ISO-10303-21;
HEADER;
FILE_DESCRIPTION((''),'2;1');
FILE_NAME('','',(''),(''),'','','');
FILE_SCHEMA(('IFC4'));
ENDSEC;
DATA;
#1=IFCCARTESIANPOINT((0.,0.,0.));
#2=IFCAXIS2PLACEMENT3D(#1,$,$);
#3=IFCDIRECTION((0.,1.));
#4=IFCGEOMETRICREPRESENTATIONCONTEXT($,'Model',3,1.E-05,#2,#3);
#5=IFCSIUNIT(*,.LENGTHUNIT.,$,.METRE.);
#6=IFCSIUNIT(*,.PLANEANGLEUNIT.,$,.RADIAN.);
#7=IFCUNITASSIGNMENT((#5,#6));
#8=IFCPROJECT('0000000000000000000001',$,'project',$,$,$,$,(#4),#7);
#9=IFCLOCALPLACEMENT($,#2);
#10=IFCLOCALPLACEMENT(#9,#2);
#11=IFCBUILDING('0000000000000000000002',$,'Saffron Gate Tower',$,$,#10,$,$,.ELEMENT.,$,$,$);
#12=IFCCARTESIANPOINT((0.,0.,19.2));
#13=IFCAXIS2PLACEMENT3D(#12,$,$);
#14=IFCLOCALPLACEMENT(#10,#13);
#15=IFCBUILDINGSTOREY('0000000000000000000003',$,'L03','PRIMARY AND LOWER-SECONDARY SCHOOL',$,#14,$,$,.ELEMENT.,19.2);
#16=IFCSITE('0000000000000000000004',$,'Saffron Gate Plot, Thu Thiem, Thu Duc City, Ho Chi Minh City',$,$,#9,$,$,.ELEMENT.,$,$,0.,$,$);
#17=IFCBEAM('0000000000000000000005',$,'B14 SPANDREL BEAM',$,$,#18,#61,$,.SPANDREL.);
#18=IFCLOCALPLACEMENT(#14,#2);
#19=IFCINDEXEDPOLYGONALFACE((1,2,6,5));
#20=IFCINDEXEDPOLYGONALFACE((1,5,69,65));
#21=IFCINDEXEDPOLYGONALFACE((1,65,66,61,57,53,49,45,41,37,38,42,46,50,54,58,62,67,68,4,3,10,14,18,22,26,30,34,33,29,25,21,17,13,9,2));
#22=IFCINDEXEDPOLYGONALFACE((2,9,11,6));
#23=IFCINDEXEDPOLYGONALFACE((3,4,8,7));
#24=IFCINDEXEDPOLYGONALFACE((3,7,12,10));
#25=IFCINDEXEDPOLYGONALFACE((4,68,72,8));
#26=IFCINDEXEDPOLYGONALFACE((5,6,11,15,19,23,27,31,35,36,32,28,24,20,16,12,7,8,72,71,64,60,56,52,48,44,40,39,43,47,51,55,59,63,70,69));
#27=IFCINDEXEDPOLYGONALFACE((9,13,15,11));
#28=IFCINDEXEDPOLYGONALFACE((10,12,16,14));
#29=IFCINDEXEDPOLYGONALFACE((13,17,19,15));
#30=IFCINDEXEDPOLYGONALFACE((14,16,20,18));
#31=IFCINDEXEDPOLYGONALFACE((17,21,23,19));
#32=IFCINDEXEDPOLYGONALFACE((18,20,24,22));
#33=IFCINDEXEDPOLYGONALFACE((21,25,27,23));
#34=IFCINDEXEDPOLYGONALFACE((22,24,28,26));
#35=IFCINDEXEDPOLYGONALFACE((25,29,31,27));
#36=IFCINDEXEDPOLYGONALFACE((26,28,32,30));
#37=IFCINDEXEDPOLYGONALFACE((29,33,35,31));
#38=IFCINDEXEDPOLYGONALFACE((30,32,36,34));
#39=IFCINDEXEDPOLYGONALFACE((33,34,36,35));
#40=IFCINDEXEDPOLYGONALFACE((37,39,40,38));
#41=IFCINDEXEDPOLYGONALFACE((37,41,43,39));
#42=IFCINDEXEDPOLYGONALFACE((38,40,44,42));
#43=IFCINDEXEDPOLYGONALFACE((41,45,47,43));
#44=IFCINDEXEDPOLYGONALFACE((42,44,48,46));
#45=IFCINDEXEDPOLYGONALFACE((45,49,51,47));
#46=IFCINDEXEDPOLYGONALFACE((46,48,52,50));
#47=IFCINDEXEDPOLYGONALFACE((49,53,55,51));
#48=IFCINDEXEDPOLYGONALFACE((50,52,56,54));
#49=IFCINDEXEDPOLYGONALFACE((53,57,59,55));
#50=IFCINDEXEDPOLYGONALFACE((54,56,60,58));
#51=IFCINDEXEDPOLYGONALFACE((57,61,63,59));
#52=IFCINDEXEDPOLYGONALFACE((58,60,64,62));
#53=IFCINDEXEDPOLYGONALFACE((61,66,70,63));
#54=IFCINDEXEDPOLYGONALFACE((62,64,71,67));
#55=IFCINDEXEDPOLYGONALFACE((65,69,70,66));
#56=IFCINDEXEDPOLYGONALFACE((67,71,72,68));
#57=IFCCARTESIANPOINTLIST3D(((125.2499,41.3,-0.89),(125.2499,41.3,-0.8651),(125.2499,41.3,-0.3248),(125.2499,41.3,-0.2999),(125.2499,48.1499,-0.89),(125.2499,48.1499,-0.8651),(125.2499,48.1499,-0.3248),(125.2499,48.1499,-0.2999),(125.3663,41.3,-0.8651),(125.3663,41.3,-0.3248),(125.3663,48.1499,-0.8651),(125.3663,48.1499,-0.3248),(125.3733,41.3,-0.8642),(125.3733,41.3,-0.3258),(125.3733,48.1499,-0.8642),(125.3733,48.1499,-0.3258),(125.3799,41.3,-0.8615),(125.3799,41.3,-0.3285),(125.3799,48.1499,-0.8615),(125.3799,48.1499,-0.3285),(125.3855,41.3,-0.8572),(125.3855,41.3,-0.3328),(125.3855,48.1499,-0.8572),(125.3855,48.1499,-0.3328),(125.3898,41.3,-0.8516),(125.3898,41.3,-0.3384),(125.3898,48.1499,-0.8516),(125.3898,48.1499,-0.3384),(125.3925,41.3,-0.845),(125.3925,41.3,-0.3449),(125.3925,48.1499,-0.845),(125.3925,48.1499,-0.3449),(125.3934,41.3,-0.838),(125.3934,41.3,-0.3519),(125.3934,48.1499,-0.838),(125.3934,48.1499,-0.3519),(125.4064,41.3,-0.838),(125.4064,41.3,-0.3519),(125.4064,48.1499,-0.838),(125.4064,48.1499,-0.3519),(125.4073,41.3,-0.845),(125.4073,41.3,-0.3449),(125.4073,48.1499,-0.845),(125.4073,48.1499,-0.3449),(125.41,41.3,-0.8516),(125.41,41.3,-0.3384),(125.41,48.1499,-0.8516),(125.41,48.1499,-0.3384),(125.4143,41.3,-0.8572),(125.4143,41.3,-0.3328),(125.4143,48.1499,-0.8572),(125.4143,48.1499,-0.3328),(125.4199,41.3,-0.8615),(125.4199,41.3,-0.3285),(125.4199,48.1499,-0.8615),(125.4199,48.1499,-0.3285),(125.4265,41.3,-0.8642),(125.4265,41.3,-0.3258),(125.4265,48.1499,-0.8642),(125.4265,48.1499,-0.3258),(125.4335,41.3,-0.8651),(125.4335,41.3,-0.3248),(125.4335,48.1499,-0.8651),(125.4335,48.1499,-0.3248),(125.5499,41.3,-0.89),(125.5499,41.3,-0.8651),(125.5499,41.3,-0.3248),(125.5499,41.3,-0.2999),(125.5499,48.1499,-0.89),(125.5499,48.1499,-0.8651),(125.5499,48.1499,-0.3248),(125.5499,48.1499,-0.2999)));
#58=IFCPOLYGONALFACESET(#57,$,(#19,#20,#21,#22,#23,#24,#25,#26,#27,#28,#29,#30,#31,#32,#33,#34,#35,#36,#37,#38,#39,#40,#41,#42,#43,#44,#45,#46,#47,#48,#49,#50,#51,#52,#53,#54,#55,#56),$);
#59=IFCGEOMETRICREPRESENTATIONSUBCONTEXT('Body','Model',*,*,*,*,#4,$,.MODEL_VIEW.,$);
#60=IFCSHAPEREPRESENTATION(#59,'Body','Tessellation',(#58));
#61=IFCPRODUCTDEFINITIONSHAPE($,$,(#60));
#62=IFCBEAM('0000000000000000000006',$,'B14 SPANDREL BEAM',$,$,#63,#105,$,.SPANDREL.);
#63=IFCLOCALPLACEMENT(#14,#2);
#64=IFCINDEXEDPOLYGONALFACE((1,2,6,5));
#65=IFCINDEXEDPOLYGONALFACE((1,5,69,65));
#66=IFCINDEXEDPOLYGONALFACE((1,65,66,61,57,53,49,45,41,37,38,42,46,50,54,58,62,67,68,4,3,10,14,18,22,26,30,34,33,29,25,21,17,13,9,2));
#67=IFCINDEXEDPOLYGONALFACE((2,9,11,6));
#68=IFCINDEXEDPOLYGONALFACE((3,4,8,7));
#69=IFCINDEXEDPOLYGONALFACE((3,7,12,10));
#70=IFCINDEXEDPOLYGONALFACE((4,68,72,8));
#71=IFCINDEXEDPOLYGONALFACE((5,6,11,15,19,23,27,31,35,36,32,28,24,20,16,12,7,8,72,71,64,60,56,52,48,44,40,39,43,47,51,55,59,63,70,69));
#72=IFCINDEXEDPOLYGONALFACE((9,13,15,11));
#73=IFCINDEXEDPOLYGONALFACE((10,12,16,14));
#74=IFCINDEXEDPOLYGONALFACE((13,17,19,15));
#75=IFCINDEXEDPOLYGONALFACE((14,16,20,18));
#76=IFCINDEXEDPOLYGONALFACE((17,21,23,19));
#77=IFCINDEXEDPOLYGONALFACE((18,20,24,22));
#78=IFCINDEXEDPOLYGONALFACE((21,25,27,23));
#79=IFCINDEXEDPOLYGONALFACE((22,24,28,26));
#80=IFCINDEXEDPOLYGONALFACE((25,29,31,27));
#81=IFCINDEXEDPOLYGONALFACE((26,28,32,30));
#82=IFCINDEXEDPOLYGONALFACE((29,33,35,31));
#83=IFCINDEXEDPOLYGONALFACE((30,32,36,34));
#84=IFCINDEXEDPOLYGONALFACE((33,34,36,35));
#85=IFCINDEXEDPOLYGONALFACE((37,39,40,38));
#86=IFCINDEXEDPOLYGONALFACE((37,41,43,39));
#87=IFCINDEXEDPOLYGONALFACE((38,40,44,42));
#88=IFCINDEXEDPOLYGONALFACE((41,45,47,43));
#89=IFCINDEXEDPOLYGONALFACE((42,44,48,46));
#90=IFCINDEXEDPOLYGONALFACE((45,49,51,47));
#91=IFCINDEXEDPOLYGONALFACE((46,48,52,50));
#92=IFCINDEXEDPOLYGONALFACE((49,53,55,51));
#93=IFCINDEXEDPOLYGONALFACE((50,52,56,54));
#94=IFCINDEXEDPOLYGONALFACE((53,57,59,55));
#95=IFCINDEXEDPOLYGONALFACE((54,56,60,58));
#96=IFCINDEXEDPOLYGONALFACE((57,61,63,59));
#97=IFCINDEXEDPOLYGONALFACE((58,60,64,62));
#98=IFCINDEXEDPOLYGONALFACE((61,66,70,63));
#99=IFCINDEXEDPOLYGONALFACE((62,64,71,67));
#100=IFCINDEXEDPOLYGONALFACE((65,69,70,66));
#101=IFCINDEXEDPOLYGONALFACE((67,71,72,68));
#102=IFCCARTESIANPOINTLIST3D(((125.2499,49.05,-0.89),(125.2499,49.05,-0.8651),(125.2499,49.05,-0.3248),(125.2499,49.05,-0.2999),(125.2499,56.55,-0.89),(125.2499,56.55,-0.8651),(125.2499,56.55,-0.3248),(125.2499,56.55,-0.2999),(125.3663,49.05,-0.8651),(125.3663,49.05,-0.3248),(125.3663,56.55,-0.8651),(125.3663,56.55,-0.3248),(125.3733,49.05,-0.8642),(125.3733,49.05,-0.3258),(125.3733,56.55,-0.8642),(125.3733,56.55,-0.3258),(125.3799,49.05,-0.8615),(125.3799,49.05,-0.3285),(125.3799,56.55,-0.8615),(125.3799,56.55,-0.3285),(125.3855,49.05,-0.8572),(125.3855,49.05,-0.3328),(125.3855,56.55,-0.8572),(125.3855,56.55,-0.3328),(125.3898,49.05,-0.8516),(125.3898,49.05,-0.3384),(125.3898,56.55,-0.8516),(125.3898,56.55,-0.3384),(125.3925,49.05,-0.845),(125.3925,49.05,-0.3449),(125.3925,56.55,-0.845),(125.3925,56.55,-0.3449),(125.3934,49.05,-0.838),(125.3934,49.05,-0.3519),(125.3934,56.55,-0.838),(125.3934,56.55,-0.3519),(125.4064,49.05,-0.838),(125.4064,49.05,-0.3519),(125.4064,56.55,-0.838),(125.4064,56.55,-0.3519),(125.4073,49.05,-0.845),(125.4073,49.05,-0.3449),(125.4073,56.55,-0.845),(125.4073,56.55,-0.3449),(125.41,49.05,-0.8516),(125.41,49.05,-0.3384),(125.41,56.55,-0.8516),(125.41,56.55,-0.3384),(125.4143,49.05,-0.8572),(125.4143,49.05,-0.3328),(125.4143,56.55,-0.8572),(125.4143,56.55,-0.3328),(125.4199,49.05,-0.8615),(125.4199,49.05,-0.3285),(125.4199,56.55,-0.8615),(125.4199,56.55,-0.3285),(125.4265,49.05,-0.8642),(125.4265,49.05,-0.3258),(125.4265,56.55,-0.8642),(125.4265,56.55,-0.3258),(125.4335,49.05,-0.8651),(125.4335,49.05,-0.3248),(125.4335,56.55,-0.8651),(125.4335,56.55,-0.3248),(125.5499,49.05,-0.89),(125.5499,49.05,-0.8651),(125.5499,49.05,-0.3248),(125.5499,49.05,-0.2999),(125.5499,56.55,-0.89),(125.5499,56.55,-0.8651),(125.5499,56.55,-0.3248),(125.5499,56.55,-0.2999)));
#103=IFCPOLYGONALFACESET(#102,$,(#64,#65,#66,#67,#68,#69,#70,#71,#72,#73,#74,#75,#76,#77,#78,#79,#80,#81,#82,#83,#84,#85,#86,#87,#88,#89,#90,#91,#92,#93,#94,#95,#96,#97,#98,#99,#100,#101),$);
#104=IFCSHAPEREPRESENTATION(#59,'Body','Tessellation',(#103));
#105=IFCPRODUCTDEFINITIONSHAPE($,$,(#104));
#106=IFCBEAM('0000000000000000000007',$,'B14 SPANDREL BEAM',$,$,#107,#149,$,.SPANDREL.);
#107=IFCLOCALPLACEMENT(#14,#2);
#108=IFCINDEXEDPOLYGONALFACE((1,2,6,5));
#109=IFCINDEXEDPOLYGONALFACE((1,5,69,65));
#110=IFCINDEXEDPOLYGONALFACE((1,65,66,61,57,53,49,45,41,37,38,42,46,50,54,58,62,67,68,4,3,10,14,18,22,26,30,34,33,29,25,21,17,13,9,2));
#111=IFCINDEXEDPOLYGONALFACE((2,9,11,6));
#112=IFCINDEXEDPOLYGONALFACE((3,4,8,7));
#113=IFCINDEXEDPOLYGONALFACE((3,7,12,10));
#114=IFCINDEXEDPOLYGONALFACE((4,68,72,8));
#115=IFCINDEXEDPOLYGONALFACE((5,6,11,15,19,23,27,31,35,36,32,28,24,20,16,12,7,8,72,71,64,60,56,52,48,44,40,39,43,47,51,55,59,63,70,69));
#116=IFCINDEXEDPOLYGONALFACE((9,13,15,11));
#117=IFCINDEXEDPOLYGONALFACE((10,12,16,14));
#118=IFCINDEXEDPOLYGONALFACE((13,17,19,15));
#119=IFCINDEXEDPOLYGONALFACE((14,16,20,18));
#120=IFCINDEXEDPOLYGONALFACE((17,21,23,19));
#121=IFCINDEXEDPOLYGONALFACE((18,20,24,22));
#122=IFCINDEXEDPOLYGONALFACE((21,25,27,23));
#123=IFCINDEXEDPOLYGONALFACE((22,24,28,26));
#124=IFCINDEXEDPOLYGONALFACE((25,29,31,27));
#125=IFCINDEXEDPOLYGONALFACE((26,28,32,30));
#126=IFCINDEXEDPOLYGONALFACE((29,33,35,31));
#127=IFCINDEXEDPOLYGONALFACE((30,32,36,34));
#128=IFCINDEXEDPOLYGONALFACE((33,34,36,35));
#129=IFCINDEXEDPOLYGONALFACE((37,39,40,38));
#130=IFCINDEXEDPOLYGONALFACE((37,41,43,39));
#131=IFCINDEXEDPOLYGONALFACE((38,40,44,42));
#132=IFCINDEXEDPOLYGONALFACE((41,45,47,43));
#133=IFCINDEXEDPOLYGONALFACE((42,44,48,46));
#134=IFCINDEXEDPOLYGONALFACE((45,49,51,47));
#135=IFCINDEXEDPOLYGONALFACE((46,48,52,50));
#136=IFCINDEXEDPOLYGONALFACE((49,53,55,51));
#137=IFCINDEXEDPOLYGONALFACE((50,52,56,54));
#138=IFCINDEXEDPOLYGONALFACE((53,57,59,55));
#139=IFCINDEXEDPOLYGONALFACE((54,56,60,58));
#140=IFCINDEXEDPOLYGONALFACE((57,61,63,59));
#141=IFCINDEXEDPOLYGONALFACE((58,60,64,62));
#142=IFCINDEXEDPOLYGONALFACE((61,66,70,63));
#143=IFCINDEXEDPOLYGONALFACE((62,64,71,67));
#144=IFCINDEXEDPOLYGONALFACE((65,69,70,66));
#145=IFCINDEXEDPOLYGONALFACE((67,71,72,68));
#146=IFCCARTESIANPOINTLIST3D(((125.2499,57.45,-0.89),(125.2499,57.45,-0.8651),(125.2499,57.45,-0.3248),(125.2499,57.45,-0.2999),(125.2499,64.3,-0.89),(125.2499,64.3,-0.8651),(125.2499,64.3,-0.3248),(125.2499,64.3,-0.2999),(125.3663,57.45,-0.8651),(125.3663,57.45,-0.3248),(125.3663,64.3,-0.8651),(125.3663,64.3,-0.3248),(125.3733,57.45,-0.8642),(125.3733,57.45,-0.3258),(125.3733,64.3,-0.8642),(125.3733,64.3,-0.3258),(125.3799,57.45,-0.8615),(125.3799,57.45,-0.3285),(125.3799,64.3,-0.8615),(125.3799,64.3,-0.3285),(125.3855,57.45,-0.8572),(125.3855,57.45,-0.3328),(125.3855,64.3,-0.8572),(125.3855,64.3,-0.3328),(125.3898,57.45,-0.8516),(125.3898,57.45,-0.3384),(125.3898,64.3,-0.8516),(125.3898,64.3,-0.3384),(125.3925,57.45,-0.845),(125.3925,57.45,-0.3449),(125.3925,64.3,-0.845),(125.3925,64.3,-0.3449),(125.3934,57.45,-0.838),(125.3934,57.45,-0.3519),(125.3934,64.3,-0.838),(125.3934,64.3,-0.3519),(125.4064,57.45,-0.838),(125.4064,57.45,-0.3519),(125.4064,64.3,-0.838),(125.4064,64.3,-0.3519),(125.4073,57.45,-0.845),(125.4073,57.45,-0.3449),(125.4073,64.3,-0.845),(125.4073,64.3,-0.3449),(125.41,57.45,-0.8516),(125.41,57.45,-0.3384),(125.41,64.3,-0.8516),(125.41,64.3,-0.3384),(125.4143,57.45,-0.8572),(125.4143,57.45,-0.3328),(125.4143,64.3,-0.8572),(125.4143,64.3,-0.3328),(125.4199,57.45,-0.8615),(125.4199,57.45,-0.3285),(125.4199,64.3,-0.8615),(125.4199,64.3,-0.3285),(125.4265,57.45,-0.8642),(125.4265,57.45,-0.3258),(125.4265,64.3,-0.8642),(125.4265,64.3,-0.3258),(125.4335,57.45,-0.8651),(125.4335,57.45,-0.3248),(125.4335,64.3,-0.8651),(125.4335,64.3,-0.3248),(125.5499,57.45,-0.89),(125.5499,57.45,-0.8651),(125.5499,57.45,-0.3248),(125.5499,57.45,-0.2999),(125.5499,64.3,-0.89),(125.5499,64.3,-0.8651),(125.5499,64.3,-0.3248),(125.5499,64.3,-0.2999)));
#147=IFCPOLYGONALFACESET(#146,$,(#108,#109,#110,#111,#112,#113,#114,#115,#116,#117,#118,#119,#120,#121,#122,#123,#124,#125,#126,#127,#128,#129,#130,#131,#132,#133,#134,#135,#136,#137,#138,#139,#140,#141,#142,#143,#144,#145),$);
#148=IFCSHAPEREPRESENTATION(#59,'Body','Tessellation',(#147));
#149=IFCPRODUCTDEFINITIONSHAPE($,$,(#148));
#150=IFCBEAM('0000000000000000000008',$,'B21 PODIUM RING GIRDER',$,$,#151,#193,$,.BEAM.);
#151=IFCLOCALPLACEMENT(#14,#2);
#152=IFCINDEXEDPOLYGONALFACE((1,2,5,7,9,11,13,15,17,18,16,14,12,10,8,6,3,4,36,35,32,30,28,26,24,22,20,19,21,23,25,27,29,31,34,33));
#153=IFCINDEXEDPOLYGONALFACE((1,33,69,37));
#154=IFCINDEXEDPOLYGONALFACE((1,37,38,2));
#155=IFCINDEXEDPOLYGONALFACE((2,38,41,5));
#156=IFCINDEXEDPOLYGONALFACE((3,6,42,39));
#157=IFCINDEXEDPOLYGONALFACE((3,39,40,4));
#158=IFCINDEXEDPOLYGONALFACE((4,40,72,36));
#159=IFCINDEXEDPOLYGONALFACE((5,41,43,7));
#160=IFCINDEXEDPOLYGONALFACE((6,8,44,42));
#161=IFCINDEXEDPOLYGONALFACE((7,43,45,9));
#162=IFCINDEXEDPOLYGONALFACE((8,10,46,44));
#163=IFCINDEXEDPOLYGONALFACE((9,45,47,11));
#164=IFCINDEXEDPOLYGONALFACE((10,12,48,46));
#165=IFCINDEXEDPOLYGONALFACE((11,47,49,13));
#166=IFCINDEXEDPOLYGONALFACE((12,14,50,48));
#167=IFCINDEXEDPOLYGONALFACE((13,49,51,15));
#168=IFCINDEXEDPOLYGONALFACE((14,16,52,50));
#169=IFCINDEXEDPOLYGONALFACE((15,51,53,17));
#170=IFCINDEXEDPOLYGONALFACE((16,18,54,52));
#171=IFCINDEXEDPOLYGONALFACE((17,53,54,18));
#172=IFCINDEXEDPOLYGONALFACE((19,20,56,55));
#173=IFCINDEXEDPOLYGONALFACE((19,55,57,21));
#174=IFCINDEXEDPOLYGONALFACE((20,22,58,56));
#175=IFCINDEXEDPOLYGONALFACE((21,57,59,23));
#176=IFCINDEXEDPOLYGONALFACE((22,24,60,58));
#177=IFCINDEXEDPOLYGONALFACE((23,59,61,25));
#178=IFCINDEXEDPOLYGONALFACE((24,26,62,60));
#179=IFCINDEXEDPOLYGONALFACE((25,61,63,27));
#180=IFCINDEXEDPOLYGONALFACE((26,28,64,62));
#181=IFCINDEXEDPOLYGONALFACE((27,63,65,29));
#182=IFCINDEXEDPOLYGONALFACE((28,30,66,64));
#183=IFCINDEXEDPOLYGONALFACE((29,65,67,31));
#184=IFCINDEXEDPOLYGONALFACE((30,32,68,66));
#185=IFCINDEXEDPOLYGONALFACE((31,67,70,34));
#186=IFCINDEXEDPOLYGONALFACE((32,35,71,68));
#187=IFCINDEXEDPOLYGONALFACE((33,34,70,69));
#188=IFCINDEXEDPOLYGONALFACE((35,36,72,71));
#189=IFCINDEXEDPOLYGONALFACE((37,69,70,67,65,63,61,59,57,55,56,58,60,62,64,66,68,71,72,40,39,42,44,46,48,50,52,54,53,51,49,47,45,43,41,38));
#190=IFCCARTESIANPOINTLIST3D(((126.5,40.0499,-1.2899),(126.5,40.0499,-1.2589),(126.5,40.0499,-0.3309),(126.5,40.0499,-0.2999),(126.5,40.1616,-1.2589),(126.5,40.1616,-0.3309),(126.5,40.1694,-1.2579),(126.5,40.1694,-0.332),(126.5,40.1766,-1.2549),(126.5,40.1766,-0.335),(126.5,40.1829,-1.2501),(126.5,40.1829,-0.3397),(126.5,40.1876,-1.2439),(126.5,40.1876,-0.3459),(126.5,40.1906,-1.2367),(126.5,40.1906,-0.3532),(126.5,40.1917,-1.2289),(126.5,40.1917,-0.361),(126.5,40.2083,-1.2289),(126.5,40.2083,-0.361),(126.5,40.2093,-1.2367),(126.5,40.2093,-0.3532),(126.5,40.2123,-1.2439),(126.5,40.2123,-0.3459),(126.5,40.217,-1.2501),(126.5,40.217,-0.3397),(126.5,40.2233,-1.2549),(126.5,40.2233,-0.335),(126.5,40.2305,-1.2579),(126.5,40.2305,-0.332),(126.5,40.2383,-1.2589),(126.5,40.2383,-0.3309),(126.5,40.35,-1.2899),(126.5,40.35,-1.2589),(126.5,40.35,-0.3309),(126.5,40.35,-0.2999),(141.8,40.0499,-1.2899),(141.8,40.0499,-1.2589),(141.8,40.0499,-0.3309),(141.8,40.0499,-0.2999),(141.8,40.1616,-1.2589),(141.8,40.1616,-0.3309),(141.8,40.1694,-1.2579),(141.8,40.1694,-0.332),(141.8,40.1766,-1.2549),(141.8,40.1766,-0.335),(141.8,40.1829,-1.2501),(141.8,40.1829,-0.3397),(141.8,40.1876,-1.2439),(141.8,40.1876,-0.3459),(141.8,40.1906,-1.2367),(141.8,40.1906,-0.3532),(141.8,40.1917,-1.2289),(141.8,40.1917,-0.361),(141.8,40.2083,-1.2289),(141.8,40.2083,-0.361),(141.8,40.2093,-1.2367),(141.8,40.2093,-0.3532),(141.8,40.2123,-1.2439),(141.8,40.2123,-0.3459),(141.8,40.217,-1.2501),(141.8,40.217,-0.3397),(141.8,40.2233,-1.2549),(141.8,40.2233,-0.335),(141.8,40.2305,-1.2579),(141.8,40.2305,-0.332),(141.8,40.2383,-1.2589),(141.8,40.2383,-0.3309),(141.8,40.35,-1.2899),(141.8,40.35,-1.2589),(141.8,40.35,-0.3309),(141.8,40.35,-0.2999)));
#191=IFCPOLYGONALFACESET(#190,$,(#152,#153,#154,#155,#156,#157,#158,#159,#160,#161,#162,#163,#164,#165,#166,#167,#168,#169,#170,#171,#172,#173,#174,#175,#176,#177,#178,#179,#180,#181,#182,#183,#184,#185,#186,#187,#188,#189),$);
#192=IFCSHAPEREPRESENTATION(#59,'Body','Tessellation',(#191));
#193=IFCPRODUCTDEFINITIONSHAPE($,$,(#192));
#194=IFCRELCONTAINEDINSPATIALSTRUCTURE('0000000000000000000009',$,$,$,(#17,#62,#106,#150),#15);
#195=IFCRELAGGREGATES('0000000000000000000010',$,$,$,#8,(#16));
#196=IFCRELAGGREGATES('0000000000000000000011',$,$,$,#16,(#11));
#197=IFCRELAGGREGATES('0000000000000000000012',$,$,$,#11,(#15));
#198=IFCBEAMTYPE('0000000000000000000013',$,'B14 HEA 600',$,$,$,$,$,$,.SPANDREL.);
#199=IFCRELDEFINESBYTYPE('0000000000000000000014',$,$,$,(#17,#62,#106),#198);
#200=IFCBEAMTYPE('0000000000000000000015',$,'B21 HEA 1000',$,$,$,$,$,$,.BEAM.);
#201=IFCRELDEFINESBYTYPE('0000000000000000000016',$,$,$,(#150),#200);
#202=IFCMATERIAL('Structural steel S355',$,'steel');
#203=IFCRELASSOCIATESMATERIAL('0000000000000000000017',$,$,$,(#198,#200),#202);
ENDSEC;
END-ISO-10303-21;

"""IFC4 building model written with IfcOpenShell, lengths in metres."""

from ifc_helpers import new_model, si_unit, direction, frame, origin, origin_2d, place, context, subcontext, project, spatial, i_section, extrude, material, material_profile, profile_set, type_object, element, save


model = new_model("IFC4")

# Units and contexts
model_context = context("Model", 3, precision=1e-05, world=origin(), true_north=direction((0.0, 1.0)))
body_context = subcontext(model_context, "Body", "Model", "MODEL_VIEW")
ifc_project = project(units=[si_unit("LENGTHUNIT", "METRE"), si_unit("PLANEANGLEUNIT", "RADIAN")], contexts=[model_context])

# Site, building, storey
site_placement = place(None, origin())
site = spatial("IfcSite", under=ifc_project, at=site_placement, Name="Saffron Gate Plot, Thu Thiem, Thu Duc City, Ho Chi Minh City", CompositionType="ELEMENT", RefElevation=0.0)
building_placement = place(site_placement, origin())
building = spatial("IfcBuilding", under=site, at=building_placement, Name="Saffron Gate Tower", CompositionType="ELEMENT")
storey_placement = place(building_placement, frame((0.0, 0.0, 19.2)))
storey = spatial("IfcBuildingStorey", under=building, at=storey_placement, Name="L03", Description="PRIMARY AND LOWER-SECONDARY SCHOOL", CompositionType="ELEMENT", Elevation=19.2)

# Beams
ifc_material_1 = material(Name="Structural steel S355", Category="steel")
ifc_material_profile_1 = material_profile(ifc_material_1, i_section(OverallWidth=0.3, OverallDepth=0.5901, WebThickness=0.0129, FlangeThickness=0.0249, FilletRadius=0.0271, at=origin_2d()))
ifc_profile_set_1 = profile_set([ifc_material_profile_1], Name="Structural steel S355")
beam_type_1 = type_object("IfcBeamType", Name="B14 HEA 600", PredefinedType="SPANDREL", material=ifc_profile_set_1)
beam_1_placement = place(storey_placement, frame((125.3999, 41.3, -0.595), z_axis=(0.0, 1.0, 0.0), x_axis=(-1.0, 0.0, 0.0)))
element("IfcBeam", 1, at=beam_1_placement, inside=storey, type_object=beam_type_1, Name="B14 SPANDREL BEAM", PredefinedType="SPANDREL", context=body_context, shape_type="SweptSolid", body=[
    extrude(i_section(OverallWidth=0.3, OverallDepth=0.5901, WebThickness=0.0129, FlangeThickness=0.0249, FilletRadius=0.0271, at=origin_2d()), origin(), (0.0, 0.0, 1.0), 6.8499),
])
beam_2_placement = place(storey_placement, frame((125.3999, 49.05, -0.595), z_axis=(0.0, 1.0, 0.0), x_axis=(-1.0, 0.0, 0.0)))
element("IfcBeam", 2, at=beam_2_placement, inside=storey, type_object=beam_type_1, Name="B14 SPANDREL BEAM", PredefinedType="SPANDREL", context=body_context, shape_type="SweptSolid", body=[
    extrude(i_section(OverallWidth=0.3, OverallDepth=0.5901, WebThickness=0.0129, FlangeThickness=0.0249, FilletRadius=0.0271, at=origin_2d()), origin(), (0.0, 0.0, 1.0), 7.5),
])
beam_3_placement = place(storey_placement, frame((125.3999, 57.45, -0.595), z_axis=(0.0, 1.0, 0.0), x_axis=(-1.0, 0.0, 0.0)))
element("IfcBeam", 3, at=beam_3_placement, inside=storey, type_object=beam_type_1, Name="B14 SPANDREL BEAM", PredefinedType="SPANDREL", context=body_context, shape_type="SweptSolid", body=[
    extrude(i_section(OverallWidth=0.3, OverallDepth=0.5901, WebThickness=0.0129, FlangeThickness=0.0249, FilletRadius=0.0271, at=origin_2d()), origin(), (0.0, 0.0, 1.0), 6.8501),
])
ifc_material_profile_2 = material_profile(ifc_material_1, i_section(OverallWidth=0.3, OverallDepth=0.99, WebThickness=0.0166, FlangeThickness=0.031, FilletRadius=0.03, at=origin_2d()))
ifc_profile_set_2 = profile_set([ifc_material_profile_2], Name="Structural steel S355")
beam_type_2 = type_object("IfcBeamType", Name="B21 HEA 1000", PredefinedType="BEAM", material=ifc_profile_set_2)
beam_4_placement = place(storey_placement, frame((141.8, 40.2, -0.7949), z_axis=(-1.0, 0.0, 0.0), x_axis=(0.0, -1.0, 0.0)))
element("IfcBeam", 4, at=beam_4_placement, inside=storey, type_object=beam_type_2, Name="B21 PODIUM RING GIRDER", PredefinedType="BEAM", context=body_context, shape_type="SweptSolid", body=[
    extrude(i_section(OverallWidth=0.3, OverallDepth=0.99, WebThickness=0.0166, FlangeThickness=0.031, FilletRadius=0.03, at=origin_2d()), origin(), (0.0, 0.0, 1.0), 15.3),
])

save(model, "model.ifc")
